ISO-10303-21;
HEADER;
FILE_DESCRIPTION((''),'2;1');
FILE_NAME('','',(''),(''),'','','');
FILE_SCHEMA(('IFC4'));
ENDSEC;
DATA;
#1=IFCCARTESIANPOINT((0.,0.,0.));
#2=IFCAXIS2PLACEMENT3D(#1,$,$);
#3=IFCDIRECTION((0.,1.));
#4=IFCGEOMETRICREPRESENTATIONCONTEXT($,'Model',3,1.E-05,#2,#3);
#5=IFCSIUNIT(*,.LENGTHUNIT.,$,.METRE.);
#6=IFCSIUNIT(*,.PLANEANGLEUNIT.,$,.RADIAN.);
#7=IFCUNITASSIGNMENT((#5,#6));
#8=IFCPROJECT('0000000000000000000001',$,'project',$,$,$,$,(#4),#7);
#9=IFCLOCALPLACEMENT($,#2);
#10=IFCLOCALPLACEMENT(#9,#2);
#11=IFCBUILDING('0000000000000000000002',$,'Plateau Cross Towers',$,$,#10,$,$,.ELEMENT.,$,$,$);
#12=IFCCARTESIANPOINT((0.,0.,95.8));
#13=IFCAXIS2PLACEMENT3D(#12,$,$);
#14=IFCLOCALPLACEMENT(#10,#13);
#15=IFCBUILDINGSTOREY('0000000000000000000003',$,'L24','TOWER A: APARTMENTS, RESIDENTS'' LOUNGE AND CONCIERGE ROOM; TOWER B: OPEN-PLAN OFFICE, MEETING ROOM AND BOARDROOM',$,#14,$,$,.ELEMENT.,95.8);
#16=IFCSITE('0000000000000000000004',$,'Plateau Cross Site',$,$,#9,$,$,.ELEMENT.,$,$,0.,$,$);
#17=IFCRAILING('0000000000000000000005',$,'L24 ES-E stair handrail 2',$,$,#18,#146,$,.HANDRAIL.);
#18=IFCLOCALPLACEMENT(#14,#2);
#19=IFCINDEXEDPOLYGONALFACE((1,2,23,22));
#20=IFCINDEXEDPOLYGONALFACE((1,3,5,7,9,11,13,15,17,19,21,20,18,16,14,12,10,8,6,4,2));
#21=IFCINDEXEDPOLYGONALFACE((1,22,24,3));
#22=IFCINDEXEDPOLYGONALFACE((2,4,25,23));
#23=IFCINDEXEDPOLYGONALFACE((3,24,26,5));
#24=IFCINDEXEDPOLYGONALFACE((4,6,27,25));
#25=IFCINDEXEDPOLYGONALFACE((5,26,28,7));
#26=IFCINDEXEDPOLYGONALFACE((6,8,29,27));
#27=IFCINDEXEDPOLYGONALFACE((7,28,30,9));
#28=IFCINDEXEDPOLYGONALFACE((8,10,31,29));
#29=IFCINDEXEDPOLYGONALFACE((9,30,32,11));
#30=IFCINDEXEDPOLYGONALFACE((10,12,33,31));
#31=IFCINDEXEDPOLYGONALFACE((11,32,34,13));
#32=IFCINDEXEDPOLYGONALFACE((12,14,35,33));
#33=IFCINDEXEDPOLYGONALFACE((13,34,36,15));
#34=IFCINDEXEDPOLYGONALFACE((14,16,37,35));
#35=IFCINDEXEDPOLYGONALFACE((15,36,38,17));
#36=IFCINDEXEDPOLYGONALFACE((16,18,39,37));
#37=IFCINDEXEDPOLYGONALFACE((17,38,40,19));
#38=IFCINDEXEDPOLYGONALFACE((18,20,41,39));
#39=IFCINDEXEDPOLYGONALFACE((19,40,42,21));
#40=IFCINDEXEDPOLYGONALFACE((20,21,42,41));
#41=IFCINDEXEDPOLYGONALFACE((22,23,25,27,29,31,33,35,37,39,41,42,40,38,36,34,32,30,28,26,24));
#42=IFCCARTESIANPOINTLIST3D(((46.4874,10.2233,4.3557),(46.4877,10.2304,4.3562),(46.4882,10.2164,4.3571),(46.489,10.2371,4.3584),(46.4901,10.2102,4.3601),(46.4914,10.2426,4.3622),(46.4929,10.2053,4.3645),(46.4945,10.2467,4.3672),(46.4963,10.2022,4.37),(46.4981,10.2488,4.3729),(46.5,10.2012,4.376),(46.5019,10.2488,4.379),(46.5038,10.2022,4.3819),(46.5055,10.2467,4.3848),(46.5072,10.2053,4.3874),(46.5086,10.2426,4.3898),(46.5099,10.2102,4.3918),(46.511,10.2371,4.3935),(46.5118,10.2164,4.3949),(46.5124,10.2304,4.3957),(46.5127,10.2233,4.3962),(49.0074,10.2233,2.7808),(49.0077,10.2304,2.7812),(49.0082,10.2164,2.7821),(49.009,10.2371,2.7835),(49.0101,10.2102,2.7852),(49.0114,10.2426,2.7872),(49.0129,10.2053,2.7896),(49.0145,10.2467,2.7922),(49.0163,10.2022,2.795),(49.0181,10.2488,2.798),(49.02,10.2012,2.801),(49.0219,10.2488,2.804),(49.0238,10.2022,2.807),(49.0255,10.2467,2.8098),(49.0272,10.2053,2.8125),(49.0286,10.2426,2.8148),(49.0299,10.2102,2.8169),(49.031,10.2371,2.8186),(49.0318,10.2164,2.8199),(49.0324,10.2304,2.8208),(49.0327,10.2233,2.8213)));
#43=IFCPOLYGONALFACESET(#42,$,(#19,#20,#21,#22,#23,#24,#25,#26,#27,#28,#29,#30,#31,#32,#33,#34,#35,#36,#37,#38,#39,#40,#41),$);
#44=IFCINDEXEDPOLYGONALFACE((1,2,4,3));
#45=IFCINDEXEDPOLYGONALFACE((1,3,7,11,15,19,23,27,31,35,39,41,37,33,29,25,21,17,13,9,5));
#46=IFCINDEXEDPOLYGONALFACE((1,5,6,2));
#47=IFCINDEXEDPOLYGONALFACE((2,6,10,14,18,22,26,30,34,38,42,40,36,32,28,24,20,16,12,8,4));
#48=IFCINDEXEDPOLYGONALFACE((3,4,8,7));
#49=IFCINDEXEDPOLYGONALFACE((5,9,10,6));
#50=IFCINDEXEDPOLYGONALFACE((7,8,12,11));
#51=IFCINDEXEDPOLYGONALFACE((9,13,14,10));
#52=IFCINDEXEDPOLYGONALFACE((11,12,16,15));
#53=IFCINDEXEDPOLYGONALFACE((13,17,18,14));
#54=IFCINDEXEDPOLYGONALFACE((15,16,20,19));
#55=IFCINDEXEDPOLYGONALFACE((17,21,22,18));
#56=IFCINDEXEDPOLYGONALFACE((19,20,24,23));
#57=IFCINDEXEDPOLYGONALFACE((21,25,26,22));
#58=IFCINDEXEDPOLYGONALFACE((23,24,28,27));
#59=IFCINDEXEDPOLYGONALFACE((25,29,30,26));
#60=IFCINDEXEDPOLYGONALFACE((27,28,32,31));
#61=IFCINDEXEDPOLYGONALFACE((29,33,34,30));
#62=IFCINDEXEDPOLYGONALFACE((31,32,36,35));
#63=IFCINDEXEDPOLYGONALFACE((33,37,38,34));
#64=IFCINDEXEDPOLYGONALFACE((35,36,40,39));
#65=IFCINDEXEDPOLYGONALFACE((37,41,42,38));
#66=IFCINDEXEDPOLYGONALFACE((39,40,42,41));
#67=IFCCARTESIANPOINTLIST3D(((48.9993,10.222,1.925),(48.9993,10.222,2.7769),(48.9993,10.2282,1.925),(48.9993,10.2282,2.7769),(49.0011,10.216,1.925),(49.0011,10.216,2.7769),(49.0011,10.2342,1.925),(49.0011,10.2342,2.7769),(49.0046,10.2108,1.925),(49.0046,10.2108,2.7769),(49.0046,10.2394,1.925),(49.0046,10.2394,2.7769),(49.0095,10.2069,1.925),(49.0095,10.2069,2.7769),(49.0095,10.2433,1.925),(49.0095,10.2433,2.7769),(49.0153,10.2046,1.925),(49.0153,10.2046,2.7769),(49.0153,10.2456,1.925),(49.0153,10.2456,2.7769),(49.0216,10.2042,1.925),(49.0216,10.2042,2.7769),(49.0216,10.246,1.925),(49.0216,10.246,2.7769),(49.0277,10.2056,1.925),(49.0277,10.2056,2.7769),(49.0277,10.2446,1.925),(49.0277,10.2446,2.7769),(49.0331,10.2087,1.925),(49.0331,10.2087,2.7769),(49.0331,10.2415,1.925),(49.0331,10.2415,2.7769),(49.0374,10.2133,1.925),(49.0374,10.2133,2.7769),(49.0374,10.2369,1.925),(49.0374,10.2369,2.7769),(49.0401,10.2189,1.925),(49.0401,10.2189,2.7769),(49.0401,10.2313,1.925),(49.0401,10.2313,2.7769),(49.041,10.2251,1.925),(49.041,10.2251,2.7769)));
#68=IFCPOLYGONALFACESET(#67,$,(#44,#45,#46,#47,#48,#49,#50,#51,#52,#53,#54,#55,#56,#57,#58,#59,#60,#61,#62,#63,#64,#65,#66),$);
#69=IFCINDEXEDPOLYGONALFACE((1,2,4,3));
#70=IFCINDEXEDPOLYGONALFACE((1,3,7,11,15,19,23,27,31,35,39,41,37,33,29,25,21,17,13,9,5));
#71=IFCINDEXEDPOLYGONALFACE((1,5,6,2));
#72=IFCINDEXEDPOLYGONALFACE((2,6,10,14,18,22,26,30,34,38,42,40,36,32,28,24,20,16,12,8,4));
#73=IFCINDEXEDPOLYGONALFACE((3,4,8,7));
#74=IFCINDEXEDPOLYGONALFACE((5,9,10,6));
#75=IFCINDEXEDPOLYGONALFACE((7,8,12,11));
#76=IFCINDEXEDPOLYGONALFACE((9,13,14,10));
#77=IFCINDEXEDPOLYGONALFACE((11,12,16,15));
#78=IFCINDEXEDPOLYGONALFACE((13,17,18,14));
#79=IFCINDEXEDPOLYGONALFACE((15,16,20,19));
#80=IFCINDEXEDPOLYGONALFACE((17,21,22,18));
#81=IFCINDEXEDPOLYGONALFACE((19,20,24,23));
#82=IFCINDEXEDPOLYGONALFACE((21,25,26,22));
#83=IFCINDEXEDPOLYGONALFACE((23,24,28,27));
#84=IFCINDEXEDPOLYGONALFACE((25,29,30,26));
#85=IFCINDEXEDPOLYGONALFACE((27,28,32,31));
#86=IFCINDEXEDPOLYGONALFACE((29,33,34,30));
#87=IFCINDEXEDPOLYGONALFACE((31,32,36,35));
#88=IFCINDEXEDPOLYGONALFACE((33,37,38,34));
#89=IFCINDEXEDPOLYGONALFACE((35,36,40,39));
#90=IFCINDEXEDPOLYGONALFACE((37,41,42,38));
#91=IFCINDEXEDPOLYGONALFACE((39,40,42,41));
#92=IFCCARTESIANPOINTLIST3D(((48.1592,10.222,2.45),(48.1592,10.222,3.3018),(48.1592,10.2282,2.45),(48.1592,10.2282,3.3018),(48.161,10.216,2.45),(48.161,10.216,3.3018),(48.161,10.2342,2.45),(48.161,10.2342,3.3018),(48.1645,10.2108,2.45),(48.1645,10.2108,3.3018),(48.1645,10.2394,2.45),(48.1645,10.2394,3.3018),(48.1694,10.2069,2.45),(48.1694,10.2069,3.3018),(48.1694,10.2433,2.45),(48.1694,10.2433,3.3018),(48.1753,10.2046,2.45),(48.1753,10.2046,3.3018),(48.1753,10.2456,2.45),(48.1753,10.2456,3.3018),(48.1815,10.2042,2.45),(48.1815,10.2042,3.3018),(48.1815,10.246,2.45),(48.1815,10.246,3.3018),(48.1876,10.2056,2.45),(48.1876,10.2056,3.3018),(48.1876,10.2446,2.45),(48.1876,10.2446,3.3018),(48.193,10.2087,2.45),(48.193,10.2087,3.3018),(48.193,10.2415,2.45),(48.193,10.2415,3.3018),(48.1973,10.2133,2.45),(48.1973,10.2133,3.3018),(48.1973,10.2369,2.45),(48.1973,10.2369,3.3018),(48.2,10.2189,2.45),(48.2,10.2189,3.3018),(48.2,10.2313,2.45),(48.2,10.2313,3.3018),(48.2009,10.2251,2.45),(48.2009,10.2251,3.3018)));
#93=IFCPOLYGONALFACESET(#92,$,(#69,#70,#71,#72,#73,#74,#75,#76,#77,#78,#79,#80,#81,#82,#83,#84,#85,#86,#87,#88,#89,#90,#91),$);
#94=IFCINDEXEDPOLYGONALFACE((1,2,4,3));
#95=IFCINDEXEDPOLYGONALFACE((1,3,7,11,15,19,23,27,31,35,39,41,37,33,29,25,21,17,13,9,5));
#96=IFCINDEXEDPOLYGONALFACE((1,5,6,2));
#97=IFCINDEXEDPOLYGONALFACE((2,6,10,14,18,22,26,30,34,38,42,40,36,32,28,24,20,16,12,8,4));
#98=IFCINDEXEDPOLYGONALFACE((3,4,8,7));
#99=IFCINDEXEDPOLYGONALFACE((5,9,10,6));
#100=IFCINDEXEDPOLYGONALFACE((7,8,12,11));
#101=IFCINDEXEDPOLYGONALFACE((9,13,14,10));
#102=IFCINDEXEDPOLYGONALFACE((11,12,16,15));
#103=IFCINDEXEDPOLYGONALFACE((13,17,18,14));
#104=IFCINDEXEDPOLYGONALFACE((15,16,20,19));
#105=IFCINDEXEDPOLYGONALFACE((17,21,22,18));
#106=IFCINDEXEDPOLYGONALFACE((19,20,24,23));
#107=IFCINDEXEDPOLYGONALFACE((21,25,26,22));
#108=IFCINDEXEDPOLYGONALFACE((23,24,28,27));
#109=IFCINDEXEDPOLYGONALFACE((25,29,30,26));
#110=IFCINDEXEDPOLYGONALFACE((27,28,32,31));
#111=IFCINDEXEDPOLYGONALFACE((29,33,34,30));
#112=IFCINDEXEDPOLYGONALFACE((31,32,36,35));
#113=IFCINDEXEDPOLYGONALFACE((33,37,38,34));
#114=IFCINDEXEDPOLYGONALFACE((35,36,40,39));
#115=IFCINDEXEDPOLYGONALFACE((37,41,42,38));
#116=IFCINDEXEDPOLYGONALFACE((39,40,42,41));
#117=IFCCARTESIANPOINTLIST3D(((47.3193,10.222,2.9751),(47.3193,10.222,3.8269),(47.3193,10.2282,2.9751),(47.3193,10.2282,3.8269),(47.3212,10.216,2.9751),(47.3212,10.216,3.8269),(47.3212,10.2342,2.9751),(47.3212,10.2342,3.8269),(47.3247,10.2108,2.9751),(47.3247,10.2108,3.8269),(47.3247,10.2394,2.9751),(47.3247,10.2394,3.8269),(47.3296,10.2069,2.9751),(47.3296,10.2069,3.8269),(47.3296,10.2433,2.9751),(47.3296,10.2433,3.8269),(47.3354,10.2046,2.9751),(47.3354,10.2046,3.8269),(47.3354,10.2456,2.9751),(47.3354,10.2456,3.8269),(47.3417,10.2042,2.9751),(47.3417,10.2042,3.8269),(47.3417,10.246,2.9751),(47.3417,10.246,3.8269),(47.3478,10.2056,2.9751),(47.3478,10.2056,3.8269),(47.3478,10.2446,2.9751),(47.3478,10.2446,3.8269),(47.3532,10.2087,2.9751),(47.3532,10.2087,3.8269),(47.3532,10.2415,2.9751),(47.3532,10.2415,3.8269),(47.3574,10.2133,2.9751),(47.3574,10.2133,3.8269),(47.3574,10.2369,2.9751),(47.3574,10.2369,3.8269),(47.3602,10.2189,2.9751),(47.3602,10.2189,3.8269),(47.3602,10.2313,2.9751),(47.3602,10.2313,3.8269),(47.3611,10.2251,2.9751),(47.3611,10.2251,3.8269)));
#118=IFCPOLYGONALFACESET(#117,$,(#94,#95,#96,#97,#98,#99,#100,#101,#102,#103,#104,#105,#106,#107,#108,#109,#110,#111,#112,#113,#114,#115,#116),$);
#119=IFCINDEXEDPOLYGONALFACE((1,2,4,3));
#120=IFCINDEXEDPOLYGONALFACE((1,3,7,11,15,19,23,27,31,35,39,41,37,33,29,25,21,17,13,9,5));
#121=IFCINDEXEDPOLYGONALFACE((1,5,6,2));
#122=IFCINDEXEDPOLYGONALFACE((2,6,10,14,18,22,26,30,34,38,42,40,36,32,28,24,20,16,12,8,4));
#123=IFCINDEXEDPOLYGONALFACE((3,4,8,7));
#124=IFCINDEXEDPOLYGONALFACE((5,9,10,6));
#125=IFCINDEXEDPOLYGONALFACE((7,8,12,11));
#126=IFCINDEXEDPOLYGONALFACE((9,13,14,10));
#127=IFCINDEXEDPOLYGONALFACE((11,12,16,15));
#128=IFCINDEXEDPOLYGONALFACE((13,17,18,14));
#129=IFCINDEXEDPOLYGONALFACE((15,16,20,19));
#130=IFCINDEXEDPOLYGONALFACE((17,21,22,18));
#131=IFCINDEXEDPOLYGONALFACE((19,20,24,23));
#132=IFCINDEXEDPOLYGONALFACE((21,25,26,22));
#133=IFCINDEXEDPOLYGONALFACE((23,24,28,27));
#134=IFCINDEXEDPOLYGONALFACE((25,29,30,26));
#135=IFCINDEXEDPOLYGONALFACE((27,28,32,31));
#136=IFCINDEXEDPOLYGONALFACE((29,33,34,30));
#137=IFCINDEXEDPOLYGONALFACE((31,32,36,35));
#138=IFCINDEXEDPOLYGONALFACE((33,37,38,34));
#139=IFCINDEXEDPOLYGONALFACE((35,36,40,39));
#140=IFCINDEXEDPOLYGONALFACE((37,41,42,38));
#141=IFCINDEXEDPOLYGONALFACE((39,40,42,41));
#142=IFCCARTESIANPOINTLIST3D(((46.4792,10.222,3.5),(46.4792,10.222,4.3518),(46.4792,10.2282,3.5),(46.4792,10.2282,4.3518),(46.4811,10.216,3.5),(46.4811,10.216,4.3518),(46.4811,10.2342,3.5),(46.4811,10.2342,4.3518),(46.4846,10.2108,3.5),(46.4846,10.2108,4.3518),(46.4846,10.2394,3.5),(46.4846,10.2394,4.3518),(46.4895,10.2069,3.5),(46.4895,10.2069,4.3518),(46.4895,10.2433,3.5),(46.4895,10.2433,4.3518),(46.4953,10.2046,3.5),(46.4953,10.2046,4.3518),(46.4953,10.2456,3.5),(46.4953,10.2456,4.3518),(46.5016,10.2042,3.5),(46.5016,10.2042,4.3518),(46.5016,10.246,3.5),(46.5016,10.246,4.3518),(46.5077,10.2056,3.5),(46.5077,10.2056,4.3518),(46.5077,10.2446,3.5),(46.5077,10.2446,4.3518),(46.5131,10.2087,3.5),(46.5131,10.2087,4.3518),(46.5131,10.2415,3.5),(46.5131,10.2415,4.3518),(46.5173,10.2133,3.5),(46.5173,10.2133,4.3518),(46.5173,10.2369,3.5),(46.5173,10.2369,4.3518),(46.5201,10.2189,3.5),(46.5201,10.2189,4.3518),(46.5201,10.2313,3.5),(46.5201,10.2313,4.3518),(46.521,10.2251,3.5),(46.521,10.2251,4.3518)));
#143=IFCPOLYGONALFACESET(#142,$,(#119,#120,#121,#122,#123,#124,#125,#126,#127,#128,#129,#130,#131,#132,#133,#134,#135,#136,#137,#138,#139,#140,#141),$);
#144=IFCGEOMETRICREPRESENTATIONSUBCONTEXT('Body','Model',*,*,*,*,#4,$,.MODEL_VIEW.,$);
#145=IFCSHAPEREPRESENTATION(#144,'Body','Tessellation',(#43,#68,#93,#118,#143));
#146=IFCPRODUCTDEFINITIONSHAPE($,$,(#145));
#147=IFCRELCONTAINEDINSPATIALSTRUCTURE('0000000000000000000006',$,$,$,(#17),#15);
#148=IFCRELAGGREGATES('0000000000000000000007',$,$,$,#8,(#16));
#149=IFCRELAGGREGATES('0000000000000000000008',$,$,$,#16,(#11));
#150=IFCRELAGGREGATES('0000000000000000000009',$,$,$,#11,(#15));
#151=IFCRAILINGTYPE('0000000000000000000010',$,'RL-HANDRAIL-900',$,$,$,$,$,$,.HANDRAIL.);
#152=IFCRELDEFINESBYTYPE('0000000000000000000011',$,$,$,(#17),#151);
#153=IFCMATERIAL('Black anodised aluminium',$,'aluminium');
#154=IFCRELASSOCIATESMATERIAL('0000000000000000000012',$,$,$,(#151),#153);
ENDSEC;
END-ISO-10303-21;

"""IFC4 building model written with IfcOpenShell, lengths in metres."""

from ifc_helpers import new_model, si_unit, direction, frame, origin, origin_2d, place, context, subcontext, project, spatial, circle, extrude, material, type_object, element, save


model = new_model("IFC4")

# Units and contexts
model_context = context("Model", 3, precision=1e-05, world=origin(), true_north=direction((0.0, 1.0)))
body_context = subcontext(model_context, "Body", "Model", "MODEL_VIEW")
ifc_project = project(units=[si_unit("LENGTHUNIT", "METRE"), si_unit("PLANEANGLEUNIT", "RADIAN")], contexts=[model_context])

# Site, building, storey
site_placement = place(None, origin())
site = spatial("IfcSite", under=ifc_project, at=site_placement, Name="Plateau Cross Site", CompositionType="ELEMENT", RefElevation=0.0)
building_placement = place(site_placement, origin())
building = spatial("IfcBuilding", under=site, at=building_placement, Name="Plateau Cross Towers", CompositionType="ELEMENT")
storey_placement = place(building_placement, frame((0.0, 0.0, 95.8)))
storey = spatial("IfcBuildingStorey", under=building, at=storey_placement, Name="L24", Description="TOWER A: APARTMENTS, RESIDENTS' LOUNGE AND CONCIERGE ROOM; TOWER B: OPEN-PLAN OFFICE, MEETING ROOM AND BOARDROOM", CompositionType="ELEMENT", Elevation=95.8)

# Shared definitions
ifc_material_1 = material(Name="Black anodised aluminium", Category="aluminium")

# Railing
railing_type_1 = type_object("IfcRailingType", Name="RL-HANDRAIL-900", PredefinedType="HANDRAIL", material=ifc_material_1)
railing_1_placement = place(storey_placement, frame((49.02, 10.2251, 1.925)))
element("IfcRailing", 1, at=railing_1_placement, inside=storey, type_object=railing_type_1, Name="L24 ES-E stair handrail 2", PredefinedType="HANDRAIL", context=body_context, shape_type="SweptSolid", body=[
    extrude(circle(Radius=0.0239, at=origin_2d()), frame((0.0, 0.0, 0.876), z_axis=(-0.848008, 0.0, 0.529984), x_axis=(0.0, -1.0, 0.0)), (0.0, 0.0, 1.0), 2.9717),
    extrude(circle(Radius=0.021, at=origin_2d()), origin(), (0.0, 0.0, 1.0), 0.8518),
    extrude(circle(Radius=0.021, at=origin_2d()), frame((-0.8401, 0.0, 0.5249)), (0.0, 0.0, 1.0), 0.8518),
    extrude(circle(Radius=0.021, at=origin_2d()), frame((-1.6799, 0.0, 1.05)), (0.0, 0.0, 1.0), 0.8518),
    extrude(circle(Radius=0.021, at=origin_2d()), frame((-2.52, 0.0, 1.575)), (0.0, 0.0, 1.0), 0.8518),
])

save(model, "model.ifc")
